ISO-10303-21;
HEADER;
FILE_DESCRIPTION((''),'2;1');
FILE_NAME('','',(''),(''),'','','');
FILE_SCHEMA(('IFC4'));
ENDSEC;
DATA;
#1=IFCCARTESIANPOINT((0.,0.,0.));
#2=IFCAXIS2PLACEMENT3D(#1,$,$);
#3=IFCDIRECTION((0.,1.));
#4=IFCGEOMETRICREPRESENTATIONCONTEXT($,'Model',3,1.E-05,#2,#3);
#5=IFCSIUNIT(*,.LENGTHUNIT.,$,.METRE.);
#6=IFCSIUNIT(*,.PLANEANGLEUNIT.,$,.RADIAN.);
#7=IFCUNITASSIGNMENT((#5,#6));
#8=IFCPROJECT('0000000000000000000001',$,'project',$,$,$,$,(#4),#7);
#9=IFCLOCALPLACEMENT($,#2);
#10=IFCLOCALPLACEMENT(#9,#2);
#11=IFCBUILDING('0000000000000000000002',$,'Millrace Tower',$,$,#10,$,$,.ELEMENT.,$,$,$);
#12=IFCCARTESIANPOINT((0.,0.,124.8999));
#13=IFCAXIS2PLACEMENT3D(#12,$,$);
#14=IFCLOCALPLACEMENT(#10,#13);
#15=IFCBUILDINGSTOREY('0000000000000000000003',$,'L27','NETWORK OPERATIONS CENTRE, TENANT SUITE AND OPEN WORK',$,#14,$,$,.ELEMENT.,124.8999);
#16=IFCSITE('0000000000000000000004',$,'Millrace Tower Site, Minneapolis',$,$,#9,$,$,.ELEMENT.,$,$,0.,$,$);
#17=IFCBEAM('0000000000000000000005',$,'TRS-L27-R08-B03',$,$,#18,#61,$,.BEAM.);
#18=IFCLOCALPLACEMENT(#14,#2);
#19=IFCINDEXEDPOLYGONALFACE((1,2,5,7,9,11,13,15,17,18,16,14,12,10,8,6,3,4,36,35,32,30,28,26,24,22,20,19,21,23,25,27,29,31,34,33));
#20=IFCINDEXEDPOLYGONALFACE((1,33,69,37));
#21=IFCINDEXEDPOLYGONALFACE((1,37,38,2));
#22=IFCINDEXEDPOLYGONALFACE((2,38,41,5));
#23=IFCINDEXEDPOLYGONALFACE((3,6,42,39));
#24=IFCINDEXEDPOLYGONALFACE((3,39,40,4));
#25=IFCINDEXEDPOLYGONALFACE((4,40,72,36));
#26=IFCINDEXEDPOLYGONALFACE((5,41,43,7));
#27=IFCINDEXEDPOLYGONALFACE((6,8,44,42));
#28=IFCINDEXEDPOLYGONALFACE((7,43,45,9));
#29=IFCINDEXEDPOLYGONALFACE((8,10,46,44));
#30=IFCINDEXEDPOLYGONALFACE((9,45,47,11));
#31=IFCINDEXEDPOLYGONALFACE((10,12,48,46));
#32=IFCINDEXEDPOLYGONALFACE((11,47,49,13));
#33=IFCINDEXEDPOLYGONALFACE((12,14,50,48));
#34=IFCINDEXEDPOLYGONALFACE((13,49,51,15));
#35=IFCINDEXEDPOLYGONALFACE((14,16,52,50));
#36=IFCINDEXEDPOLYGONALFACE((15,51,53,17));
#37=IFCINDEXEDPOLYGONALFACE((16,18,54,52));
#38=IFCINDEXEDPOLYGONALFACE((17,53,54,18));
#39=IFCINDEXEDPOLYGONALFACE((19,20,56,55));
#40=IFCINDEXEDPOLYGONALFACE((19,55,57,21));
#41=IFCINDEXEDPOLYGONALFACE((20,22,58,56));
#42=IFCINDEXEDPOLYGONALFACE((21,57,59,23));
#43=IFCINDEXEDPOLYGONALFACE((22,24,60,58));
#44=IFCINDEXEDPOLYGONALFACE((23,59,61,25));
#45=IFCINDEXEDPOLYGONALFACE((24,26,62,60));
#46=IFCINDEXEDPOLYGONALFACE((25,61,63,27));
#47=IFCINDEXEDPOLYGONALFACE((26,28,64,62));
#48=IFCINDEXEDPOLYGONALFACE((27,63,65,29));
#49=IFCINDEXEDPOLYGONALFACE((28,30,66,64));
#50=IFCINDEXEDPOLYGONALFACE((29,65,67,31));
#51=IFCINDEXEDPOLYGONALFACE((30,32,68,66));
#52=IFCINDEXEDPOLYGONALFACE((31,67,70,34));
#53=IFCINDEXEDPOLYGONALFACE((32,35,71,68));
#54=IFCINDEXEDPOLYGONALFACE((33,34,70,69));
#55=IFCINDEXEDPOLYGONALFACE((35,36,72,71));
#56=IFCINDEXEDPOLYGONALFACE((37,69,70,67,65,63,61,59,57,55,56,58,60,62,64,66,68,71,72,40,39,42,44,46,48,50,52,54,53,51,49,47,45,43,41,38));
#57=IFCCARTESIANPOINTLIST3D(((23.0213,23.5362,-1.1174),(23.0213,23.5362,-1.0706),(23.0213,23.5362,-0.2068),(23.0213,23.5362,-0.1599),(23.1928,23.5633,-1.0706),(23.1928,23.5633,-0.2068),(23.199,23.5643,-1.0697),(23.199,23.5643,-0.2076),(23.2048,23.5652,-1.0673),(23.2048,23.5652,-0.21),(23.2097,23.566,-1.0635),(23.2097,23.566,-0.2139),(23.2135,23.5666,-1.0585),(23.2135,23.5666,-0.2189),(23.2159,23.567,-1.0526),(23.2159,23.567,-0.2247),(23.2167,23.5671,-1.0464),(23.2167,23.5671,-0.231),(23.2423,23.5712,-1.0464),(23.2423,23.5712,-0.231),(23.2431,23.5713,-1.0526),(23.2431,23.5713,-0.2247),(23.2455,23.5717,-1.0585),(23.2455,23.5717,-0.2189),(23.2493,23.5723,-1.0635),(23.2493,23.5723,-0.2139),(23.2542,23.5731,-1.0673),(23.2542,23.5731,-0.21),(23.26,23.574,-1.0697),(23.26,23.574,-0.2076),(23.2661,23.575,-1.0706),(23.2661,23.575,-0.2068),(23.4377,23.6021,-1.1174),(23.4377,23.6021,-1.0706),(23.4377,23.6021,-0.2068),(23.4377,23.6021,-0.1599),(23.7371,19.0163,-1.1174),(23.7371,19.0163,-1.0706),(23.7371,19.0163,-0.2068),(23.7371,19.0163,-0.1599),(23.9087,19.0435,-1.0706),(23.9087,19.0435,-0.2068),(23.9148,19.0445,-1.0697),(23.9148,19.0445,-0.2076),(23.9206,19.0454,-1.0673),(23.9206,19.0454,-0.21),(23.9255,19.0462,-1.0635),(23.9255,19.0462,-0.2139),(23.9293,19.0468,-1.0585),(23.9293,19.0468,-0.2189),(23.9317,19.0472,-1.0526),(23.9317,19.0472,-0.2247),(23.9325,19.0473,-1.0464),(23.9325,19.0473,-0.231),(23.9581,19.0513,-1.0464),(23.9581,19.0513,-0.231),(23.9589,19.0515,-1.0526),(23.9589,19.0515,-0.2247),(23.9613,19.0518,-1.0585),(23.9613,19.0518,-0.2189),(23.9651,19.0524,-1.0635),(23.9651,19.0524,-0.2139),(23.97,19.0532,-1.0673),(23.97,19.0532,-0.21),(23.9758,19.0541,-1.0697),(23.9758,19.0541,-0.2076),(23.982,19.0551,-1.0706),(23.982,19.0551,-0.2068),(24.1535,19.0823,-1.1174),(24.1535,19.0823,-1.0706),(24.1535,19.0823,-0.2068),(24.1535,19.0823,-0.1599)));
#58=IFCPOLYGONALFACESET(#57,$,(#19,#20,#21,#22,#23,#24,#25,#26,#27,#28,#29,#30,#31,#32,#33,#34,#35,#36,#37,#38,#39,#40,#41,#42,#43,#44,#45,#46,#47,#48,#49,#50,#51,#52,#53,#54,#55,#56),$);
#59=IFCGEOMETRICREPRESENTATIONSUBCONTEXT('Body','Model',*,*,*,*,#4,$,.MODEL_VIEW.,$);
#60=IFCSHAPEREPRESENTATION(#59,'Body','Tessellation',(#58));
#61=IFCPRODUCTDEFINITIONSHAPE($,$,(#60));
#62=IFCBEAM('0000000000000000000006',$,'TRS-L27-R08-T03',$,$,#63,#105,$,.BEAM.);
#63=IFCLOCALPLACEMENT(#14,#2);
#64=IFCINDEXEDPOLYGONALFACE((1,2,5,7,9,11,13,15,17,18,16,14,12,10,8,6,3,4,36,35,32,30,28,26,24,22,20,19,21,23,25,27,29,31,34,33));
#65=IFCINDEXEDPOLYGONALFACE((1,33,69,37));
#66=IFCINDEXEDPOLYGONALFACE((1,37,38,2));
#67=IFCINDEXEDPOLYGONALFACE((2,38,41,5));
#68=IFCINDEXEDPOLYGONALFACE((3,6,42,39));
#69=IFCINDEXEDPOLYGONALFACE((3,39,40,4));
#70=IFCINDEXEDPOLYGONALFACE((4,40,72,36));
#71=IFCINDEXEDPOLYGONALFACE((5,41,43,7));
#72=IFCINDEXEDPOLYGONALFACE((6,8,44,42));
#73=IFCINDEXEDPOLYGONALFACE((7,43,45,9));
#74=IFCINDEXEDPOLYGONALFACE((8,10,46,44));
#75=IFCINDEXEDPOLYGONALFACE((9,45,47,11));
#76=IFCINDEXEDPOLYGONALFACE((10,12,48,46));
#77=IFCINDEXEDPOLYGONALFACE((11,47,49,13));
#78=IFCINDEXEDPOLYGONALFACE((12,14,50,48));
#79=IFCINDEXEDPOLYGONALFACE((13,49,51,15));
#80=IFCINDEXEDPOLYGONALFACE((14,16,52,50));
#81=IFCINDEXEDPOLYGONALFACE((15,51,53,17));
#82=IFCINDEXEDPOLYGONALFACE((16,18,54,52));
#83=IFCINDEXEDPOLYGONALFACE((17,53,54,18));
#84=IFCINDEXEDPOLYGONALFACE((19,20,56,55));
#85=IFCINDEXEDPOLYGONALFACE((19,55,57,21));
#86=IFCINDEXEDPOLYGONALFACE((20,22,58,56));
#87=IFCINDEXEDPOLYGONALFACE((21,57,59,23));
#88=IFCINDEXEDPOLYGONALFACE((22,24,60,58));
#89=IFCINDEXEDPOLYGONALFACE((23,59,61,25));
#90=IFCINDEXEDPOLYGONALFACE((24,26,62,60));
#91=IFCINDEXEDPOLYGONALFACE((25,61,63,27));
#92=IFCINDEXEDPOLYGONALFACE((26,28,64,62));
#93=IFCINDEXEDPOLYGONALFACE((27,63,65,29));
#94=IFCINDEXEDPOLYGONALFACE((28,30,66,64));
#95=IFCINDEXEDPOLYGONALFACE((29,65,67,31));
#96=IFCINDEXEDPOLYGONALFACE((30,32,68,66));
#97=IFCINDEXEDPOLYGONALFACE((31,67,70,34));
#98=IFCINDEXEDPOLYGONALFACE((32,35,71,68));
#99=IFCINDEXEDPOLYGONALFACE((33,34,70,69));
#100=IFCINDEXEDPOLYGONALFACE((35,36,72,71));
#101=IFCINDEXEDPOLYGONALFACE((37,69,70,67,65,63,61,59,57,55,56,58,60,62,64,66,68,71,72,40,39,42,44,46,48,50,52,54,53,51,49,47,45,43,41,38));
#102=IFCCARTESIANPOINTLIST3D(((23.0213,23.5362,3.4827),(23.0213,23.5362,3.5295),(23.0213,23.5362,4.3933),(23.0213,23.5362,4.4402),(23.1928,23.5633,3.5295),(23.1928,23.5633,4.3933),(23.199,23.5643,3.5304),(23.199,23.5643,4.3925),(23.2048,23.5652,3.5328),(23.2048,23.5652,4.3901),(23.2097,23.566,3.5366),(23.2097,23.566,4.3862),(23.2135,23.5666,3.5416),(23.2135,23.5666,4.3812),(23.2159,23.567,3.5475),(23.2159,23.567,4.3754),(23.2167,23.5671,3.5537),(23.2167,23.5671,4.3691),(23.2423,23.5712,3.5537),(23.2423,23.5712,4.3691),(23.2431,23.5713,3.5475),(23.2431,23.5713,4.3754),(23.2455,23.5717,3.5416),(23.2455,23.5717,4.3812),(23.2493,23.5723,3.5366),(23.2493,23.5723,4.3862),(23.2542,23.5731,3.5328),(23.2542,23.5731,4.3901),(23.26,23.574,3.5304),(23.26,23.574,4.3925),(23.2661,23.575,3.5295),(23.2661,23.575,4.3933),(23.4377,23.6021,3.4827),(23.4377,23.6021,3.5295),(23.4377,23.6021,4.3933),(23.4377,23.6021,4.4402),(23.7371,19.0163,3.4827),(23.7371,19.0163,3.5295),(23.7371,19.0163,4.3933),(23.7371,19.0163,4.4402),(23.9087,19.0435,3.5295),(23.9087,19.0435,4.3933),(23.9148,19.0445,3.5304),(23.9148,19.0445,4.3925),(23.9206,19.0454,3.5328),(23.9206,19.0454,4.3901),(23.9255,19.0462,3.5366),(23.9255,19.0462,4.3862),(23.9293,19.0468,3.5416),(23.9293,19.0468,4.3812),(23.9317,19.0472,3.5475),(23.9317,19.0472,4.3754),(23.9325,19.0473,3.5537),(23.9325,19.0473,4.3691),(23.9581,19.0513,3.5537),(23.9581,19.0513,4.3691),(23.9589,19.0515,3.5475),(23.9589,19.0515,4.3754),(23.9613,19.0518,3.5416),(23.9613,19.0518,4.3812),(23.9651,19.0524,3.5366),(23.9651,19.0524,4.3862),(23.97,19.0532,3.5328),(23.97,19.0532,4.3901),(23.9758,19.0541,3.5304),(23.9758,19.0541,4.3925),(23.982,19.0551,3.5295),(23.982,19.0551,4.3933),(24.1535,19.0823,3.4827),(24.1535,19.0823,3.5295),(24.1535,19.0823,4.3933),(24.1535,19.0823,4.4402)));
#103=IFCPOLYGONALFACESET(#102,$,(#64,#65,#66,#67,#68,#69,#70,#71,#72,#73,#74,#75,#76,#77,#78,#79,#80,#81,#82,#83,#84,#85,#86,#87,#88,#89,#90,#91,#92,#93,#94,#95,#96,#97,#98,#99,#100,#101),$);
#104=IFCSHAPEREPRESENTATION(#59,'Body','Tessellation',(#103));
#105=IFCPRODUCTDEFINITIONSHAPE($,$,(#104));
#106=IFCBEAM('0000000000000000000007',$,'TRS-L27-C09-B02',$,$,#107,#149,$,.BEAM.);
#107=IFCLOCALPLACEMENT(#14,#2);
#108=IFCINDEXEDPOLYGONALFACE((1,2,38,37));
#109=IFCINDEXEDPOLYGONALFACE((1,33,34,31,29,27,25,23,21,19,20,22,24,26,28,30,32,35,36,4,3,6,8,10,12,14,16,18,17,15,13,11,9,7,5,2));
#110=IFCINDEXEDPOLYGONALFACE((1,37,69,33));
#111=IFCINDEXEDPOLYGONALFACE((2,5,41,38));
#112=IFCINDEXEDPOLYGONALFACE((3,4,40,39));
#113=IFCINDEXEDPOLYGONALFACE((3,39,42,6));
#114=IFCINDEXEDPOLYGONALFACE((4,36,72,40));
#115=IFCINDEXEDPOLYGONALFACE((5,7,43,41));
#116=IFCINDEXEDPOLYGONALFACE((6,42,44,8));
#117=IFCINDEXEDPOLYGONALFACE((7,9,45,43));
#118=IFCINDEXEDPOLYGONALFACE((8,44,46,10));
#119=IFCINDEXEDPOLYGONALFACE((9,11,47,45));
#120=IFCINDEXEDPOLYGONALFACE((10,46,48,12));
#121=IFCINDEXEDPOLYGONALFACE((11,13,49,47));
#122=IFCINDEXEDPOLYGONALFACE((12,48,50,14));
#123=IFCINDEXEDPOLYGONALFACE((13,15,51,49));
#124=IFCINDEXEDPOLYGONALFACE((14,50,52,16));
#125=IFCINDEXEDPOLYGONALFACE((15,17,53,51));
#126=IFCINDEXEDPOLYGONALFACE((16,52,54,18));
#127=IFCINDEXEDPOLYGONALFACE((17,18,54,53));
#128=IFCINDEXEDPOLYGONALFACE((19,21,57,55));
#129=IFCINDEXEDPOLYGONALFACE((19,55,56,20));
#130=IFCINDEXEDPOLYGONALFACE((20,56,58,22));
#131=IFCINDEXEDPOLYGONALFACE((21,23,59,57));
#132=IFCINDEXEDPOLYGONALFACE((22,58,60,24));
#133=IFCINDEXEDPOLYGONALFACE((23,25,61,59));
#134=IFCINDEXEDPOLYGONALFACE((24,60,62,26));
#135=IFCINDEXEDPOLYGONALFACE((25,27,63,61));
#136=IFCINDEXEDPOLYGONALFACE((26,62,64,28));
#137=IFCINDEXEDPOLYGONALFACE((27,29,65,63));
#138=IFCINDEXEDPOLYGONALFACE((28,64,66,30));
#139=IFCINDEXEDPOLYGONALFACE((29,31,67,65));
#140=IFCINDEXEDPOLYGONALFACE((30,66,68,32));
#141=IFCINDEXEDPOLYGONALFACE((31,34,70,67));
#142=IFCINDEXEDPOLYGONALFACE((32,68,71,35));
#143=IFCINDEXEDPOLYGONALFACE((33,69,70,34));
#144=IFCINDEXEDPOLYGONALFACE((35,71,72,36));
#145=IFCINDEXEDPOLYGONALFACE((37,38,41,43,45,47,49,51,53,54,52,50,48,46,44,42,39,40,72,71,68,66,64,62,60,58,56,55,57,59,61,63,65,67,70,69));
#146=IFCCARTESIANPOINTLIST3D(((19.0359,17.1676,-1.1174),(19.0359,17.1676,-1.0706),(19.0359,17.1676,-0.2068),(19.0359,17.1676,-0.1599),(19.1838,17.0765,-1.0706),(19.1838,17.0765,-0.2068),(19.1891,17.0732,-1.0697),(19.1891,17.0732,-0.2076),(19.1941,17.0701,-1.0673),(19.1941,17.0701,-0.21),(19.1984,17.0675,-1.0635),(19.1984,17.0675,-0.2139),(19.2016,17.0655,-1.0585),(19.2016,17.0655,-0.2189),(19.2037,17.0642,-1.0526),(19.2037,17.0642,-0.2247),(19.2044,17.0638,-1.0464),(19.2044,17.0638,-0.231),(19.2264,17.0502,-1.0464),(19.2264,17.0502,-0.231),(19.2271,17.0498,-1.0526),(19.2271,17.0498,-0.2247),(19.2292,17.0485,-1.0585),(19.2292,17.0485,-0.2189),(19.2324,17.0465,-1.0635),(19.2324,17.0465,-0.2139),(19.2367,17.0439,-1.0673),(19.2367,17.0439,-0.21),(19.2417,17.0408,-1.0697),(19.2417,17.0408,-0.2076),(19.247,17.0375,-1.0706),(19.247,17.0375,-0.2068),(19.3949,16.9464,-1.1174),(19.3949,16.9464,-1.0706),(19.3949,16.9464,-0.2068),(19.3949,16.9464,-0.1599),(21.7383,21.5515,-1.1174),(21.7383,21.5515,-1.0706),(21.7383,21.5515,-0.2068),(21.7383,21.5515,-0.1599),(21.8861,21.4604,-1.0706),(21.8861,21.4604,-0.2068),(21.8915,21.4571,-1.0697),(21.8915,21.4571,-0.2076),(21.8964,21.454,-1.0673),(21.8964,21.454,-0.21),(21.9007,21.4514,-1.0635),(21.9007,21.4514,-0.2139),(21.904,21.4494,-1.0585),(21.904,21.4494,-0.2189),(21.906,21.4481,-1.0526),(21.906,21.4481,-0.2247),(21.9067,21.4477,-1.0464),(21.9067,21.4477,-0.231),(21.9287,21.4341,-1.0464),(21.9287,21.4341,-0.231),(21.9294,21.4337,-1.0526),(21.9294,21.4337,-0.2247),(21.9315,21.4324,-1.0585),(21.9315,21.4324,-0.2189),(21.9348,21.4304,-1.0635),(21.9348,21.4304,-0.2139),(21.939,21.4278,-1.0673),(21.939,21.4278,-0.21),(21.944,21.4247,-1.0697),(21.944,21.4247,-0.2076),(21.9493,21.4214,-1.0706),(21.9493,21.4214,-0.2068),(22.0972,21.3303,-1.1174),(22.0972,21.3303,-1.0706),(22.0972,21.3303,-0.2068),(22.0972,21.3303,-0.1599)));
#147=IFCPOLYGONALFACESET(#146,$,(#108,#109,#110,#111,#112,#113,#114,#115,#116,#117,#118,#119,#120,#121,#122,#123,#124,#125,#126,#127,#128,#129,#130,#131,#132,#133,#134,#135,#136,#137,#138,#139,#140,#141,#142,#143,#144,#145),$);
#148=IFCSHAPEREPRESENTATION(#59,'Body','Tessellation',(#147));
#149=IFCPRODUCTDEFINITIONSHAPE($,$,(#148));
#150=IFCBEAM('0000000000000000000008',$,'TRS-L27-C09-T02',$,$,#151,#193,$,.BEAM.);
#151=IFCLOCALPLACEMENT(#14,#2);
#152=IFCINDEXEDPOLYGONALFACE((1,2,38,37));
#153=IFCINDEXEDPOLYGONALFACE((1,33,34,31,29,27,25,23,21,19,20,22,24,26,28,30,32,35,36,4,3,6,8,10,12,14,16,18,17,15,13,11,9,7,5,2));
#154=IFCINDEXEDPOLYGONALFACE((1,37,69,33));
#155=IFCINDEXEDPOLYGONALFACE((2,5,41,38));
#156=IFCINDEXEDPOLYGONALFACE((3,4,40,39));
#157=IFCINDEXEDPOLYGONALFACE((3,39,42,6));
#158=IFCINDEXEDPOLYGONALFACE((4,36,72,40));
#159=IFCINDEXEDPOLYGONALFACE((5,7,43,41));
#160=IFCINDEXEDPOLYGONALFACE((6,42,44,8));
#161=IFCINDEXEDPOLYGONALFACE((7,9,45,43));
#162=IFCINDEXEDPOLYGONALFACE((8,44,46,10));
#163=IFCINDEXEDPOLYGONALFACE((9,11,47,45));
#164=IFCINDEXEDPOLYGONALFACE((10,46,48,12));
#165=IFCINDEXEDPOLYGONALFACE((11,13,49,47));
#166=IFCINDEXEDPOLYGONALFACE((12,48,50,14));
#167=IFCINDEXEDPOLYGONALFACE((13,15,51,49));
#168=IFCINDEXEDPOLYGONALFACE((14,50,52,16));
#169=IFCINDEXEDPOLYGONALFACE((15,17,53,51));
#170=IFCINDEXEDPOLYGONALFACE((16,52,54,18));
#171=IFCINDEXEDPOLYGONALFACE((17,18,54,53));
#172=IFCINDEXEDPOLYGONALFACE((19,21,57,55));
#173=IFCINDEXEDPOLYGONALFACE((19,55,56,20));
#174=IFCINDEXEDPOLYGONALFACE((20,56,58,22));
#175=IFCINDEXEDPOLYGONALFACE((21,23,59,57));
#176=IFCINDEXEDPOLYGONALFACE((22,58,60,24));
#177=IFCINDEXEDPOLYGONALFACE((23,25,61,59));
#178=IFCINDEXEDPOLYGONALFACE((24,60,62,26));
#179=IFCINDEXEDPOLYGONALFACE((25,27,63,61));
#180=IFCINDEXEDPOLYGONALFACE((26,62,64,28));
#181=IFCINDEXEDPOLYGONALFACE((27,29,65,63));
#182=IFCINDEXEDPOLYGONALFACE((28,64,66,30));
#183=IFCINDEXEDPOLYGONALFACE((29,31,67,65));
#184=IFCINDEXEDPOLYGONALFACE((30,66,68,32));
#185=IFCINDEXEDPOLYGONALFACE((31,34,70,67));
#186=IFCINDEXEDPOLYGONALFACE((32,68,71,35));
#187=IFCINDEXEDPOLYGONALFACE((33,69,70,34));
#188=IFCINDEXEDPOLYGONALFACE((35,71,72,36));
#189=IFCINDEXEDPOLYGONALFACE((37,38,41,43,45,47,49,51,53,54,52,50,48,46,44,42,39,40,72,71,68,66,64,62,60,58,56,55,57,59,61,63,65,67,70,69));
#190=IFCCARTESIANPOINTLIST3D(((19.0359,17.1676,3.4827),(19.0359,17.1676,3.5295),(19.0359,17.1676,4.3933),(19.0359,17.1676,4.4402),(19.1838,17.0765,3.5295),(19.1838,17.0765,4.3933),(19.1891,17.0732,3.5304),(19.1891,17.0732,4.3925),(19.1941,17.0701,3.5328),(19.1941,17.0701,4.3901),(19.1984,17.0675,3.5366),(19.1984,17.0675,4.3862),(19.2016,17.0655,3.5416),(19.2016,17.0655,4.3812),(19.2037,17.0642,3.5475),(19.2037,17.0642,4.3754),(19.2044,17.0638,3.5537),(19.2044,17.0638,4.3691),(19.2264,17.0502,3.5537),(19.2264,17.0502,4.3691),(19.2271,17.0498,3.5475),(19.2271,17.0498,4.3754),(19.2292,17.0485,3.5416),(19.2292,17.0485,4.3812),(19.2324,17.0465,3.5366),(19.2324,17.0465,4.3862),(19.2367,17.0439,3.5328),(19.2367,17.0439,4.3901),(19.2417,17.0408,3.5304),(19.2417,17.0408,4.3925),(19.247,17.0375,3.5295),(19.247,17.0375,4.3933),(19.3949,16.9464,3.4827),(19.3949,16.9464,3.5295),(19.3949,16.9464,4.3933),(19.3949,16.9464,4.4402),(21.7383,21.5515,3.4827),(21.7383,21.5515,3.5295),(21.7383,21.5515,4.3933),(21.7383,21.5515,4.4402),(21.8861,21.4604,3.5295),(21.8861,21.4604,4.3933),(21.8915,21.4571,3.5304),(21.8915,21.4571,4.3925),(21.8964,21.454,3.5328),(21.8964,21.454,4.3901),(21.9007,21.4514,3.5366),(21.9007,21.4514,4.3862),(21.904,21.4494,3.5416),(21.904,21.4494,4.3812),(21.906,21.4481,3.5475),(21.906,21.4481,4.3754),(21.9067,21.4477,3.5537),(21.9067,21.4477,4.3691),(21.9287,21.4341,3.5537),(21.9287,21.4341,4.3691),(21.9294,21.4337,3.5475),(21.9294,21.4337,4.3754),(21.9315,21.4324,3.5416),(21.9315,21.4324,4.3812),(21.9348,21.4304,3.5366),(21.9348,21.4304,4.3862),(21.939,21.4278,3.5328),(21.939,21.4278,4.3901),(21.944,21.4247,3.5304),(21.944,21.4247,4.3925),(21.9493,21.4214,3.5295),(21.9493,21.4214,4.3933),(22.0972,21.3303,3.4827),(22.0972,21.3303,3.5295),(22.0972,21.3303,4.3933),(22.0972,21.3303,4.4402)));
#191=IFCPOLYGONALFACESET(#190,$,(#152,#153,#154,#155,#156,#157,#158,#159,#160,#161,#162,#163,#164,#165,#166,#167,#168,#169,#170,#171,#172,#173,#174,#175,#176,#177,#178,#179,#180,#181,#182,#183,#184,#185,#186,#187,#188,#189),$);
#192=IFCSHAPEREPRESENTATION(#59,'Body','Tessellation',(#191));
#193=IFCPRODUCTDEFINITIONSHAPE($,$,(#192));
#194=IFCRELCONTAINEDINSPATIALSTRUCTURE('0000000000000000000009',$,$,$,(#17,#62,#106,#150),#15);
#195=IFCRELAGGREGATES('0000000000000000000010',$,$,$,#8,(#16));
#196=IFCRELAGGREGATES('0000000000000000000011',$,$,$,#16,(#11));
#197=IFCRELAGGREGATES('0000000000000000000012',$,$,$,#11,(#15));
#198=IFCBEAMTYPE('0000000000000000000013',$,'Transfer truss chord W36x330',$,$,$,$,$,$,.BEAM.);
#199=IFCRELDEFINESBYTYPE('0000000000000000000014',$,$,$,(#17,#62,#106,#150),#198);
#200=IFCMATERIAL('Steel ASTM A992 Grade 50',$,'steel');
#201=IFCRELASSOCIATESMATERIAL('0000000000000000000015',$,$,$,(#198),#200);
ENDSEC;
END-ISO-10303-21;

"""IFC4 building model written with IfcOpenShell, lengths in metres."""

from ifc_helpers import new_model, si_unit, direction, frame, origin, origin_2d, place, context, subcontext, project, spatial, i_section, extrude, material, material_profile, profile_set, type_object, element, save


model = new_model("IFC4")

# Units and contexts
model_context = context("Model", 3, precision=1e-05, world=origin(), true_north=direction((0.0, 1.0)))
body_context = subcontext(model_context, "Body", "Model", "MODEL_VIEW")
ifc_project = project(units=[si_unit("LENGTHUNIT", "METRE"), si_unit("PLANEANGLEUNIT", "RADIAN")], contexts=[model_context])

# Site, building, storey
site_placement = place(None, origin())
site = spatial("IfcSite", under=ifc_project, at=site_placement, Name="Millrace Tower Site, Minneapolis", CompositionType="ELEMENT", RefElevation=0.0)
building_placement = place(site_placement, origin())
building = spatial("IfcBuilding", under=site, at=building_placement, Name="Millrace Tower", CompositionType="ELEMENT")
storey_placement = place(building_placement, frame((0.0, 0.0, 124.8999)))
storey = spatial("IfcBuildingStorey", under=building, at=storey_placement, Name="L27", Description="NETWORK OPERATIONS CENTRE, TENANT SUITE AND OPEN WORK", CompositionType="ELEMENT", Elevation=124.8999)

# Beams
ifc_material_1 = material(Name="Steel ASTM A992 Grade 50", Category="steel")
ifc_material_profile_1 = material_profile(ifc_material_1, i_section(OverallWidth=0.4216, OverallDepth=0.9575, WebThickness=0.0259, FlangeThickness=0.0469, FilletRadius=0.0242, at=origin_2d()))
ifc_profile_set_1 = profile_set([ifc_material_profile_1], Name="Steel ASTM A992 Grade 50")
beam_type_1 = type_object("IfcBeamType", Name="Transfer truss chord W36x330", PredefinedType="BEAM", material=ifc_profile_set_1)
for number, where, z_axis, x_axis, name in (
    (1, (23.9453, 19.0493, -0.6387), (-0.156426, 0.98769, 0.0), (-0.98769, -0.156426, 0.0), "TRS-L27-R08-B03"),
    (2, (23.9453, 19.0493, 3.9614), (-0.156426, 0.98769, 0.0), (-0.98769, -0.156426, 0.0), "TRS-L27-R08-T03"),
):
    element("IfcBeam", number, at=place(storey_placement, frame(where, z_axis=z_axis, x_axis=x_axis)), inside=storey, type_object=beam_type_1, Name=name, PredefinedType="BEAM", context=body_context, shape_type="SweptSolid", body=[
        extrude(i_section(OverallWidth=0.4216, OverallDepth=0.9575, WebThickness=0.0259, FlangeThickness=0.0469, FilletRadius=0.0242, at=origin_2d()), origin(), (0.0, 0.0, 1.0), 4.5762),
    ])
for number, where, z_axis, x_axis, name in (
    (3, (21.9177, 21.4409, -0.6387), (-0.524735, -0.851266, 0.0), (0.851266, -0.524735, 0.0), "TRS-L27-C09-B02"),
    (4, (21.9177, 21.4409, 3.9614), (-0.524735, -0.851266, 0.0), (0.851266, -0.524735, 0.0), "TRS-L27-C09-T02"),
):
    element("IfcBeam", number, at=place(storey_placement, frame(where, z_axis=z_axis, x_axis=x_axis)), inside=storey, type_object=beam_type_1, Name=name, PredefinedType="BEAM", context=body_context, shape_type="SweptSolid", body=[
        extrude(i_section(OverallWidth=0.4216, OverallDepth=0.9575, WebThickness=0.0259, FlangeThickness=0.0469, FilletRadius=0.0242, at=origin_2d()), origin(), (0.0, 0.0, 1.0), 5.1499),
    ])

save(model, "model.ifc")
